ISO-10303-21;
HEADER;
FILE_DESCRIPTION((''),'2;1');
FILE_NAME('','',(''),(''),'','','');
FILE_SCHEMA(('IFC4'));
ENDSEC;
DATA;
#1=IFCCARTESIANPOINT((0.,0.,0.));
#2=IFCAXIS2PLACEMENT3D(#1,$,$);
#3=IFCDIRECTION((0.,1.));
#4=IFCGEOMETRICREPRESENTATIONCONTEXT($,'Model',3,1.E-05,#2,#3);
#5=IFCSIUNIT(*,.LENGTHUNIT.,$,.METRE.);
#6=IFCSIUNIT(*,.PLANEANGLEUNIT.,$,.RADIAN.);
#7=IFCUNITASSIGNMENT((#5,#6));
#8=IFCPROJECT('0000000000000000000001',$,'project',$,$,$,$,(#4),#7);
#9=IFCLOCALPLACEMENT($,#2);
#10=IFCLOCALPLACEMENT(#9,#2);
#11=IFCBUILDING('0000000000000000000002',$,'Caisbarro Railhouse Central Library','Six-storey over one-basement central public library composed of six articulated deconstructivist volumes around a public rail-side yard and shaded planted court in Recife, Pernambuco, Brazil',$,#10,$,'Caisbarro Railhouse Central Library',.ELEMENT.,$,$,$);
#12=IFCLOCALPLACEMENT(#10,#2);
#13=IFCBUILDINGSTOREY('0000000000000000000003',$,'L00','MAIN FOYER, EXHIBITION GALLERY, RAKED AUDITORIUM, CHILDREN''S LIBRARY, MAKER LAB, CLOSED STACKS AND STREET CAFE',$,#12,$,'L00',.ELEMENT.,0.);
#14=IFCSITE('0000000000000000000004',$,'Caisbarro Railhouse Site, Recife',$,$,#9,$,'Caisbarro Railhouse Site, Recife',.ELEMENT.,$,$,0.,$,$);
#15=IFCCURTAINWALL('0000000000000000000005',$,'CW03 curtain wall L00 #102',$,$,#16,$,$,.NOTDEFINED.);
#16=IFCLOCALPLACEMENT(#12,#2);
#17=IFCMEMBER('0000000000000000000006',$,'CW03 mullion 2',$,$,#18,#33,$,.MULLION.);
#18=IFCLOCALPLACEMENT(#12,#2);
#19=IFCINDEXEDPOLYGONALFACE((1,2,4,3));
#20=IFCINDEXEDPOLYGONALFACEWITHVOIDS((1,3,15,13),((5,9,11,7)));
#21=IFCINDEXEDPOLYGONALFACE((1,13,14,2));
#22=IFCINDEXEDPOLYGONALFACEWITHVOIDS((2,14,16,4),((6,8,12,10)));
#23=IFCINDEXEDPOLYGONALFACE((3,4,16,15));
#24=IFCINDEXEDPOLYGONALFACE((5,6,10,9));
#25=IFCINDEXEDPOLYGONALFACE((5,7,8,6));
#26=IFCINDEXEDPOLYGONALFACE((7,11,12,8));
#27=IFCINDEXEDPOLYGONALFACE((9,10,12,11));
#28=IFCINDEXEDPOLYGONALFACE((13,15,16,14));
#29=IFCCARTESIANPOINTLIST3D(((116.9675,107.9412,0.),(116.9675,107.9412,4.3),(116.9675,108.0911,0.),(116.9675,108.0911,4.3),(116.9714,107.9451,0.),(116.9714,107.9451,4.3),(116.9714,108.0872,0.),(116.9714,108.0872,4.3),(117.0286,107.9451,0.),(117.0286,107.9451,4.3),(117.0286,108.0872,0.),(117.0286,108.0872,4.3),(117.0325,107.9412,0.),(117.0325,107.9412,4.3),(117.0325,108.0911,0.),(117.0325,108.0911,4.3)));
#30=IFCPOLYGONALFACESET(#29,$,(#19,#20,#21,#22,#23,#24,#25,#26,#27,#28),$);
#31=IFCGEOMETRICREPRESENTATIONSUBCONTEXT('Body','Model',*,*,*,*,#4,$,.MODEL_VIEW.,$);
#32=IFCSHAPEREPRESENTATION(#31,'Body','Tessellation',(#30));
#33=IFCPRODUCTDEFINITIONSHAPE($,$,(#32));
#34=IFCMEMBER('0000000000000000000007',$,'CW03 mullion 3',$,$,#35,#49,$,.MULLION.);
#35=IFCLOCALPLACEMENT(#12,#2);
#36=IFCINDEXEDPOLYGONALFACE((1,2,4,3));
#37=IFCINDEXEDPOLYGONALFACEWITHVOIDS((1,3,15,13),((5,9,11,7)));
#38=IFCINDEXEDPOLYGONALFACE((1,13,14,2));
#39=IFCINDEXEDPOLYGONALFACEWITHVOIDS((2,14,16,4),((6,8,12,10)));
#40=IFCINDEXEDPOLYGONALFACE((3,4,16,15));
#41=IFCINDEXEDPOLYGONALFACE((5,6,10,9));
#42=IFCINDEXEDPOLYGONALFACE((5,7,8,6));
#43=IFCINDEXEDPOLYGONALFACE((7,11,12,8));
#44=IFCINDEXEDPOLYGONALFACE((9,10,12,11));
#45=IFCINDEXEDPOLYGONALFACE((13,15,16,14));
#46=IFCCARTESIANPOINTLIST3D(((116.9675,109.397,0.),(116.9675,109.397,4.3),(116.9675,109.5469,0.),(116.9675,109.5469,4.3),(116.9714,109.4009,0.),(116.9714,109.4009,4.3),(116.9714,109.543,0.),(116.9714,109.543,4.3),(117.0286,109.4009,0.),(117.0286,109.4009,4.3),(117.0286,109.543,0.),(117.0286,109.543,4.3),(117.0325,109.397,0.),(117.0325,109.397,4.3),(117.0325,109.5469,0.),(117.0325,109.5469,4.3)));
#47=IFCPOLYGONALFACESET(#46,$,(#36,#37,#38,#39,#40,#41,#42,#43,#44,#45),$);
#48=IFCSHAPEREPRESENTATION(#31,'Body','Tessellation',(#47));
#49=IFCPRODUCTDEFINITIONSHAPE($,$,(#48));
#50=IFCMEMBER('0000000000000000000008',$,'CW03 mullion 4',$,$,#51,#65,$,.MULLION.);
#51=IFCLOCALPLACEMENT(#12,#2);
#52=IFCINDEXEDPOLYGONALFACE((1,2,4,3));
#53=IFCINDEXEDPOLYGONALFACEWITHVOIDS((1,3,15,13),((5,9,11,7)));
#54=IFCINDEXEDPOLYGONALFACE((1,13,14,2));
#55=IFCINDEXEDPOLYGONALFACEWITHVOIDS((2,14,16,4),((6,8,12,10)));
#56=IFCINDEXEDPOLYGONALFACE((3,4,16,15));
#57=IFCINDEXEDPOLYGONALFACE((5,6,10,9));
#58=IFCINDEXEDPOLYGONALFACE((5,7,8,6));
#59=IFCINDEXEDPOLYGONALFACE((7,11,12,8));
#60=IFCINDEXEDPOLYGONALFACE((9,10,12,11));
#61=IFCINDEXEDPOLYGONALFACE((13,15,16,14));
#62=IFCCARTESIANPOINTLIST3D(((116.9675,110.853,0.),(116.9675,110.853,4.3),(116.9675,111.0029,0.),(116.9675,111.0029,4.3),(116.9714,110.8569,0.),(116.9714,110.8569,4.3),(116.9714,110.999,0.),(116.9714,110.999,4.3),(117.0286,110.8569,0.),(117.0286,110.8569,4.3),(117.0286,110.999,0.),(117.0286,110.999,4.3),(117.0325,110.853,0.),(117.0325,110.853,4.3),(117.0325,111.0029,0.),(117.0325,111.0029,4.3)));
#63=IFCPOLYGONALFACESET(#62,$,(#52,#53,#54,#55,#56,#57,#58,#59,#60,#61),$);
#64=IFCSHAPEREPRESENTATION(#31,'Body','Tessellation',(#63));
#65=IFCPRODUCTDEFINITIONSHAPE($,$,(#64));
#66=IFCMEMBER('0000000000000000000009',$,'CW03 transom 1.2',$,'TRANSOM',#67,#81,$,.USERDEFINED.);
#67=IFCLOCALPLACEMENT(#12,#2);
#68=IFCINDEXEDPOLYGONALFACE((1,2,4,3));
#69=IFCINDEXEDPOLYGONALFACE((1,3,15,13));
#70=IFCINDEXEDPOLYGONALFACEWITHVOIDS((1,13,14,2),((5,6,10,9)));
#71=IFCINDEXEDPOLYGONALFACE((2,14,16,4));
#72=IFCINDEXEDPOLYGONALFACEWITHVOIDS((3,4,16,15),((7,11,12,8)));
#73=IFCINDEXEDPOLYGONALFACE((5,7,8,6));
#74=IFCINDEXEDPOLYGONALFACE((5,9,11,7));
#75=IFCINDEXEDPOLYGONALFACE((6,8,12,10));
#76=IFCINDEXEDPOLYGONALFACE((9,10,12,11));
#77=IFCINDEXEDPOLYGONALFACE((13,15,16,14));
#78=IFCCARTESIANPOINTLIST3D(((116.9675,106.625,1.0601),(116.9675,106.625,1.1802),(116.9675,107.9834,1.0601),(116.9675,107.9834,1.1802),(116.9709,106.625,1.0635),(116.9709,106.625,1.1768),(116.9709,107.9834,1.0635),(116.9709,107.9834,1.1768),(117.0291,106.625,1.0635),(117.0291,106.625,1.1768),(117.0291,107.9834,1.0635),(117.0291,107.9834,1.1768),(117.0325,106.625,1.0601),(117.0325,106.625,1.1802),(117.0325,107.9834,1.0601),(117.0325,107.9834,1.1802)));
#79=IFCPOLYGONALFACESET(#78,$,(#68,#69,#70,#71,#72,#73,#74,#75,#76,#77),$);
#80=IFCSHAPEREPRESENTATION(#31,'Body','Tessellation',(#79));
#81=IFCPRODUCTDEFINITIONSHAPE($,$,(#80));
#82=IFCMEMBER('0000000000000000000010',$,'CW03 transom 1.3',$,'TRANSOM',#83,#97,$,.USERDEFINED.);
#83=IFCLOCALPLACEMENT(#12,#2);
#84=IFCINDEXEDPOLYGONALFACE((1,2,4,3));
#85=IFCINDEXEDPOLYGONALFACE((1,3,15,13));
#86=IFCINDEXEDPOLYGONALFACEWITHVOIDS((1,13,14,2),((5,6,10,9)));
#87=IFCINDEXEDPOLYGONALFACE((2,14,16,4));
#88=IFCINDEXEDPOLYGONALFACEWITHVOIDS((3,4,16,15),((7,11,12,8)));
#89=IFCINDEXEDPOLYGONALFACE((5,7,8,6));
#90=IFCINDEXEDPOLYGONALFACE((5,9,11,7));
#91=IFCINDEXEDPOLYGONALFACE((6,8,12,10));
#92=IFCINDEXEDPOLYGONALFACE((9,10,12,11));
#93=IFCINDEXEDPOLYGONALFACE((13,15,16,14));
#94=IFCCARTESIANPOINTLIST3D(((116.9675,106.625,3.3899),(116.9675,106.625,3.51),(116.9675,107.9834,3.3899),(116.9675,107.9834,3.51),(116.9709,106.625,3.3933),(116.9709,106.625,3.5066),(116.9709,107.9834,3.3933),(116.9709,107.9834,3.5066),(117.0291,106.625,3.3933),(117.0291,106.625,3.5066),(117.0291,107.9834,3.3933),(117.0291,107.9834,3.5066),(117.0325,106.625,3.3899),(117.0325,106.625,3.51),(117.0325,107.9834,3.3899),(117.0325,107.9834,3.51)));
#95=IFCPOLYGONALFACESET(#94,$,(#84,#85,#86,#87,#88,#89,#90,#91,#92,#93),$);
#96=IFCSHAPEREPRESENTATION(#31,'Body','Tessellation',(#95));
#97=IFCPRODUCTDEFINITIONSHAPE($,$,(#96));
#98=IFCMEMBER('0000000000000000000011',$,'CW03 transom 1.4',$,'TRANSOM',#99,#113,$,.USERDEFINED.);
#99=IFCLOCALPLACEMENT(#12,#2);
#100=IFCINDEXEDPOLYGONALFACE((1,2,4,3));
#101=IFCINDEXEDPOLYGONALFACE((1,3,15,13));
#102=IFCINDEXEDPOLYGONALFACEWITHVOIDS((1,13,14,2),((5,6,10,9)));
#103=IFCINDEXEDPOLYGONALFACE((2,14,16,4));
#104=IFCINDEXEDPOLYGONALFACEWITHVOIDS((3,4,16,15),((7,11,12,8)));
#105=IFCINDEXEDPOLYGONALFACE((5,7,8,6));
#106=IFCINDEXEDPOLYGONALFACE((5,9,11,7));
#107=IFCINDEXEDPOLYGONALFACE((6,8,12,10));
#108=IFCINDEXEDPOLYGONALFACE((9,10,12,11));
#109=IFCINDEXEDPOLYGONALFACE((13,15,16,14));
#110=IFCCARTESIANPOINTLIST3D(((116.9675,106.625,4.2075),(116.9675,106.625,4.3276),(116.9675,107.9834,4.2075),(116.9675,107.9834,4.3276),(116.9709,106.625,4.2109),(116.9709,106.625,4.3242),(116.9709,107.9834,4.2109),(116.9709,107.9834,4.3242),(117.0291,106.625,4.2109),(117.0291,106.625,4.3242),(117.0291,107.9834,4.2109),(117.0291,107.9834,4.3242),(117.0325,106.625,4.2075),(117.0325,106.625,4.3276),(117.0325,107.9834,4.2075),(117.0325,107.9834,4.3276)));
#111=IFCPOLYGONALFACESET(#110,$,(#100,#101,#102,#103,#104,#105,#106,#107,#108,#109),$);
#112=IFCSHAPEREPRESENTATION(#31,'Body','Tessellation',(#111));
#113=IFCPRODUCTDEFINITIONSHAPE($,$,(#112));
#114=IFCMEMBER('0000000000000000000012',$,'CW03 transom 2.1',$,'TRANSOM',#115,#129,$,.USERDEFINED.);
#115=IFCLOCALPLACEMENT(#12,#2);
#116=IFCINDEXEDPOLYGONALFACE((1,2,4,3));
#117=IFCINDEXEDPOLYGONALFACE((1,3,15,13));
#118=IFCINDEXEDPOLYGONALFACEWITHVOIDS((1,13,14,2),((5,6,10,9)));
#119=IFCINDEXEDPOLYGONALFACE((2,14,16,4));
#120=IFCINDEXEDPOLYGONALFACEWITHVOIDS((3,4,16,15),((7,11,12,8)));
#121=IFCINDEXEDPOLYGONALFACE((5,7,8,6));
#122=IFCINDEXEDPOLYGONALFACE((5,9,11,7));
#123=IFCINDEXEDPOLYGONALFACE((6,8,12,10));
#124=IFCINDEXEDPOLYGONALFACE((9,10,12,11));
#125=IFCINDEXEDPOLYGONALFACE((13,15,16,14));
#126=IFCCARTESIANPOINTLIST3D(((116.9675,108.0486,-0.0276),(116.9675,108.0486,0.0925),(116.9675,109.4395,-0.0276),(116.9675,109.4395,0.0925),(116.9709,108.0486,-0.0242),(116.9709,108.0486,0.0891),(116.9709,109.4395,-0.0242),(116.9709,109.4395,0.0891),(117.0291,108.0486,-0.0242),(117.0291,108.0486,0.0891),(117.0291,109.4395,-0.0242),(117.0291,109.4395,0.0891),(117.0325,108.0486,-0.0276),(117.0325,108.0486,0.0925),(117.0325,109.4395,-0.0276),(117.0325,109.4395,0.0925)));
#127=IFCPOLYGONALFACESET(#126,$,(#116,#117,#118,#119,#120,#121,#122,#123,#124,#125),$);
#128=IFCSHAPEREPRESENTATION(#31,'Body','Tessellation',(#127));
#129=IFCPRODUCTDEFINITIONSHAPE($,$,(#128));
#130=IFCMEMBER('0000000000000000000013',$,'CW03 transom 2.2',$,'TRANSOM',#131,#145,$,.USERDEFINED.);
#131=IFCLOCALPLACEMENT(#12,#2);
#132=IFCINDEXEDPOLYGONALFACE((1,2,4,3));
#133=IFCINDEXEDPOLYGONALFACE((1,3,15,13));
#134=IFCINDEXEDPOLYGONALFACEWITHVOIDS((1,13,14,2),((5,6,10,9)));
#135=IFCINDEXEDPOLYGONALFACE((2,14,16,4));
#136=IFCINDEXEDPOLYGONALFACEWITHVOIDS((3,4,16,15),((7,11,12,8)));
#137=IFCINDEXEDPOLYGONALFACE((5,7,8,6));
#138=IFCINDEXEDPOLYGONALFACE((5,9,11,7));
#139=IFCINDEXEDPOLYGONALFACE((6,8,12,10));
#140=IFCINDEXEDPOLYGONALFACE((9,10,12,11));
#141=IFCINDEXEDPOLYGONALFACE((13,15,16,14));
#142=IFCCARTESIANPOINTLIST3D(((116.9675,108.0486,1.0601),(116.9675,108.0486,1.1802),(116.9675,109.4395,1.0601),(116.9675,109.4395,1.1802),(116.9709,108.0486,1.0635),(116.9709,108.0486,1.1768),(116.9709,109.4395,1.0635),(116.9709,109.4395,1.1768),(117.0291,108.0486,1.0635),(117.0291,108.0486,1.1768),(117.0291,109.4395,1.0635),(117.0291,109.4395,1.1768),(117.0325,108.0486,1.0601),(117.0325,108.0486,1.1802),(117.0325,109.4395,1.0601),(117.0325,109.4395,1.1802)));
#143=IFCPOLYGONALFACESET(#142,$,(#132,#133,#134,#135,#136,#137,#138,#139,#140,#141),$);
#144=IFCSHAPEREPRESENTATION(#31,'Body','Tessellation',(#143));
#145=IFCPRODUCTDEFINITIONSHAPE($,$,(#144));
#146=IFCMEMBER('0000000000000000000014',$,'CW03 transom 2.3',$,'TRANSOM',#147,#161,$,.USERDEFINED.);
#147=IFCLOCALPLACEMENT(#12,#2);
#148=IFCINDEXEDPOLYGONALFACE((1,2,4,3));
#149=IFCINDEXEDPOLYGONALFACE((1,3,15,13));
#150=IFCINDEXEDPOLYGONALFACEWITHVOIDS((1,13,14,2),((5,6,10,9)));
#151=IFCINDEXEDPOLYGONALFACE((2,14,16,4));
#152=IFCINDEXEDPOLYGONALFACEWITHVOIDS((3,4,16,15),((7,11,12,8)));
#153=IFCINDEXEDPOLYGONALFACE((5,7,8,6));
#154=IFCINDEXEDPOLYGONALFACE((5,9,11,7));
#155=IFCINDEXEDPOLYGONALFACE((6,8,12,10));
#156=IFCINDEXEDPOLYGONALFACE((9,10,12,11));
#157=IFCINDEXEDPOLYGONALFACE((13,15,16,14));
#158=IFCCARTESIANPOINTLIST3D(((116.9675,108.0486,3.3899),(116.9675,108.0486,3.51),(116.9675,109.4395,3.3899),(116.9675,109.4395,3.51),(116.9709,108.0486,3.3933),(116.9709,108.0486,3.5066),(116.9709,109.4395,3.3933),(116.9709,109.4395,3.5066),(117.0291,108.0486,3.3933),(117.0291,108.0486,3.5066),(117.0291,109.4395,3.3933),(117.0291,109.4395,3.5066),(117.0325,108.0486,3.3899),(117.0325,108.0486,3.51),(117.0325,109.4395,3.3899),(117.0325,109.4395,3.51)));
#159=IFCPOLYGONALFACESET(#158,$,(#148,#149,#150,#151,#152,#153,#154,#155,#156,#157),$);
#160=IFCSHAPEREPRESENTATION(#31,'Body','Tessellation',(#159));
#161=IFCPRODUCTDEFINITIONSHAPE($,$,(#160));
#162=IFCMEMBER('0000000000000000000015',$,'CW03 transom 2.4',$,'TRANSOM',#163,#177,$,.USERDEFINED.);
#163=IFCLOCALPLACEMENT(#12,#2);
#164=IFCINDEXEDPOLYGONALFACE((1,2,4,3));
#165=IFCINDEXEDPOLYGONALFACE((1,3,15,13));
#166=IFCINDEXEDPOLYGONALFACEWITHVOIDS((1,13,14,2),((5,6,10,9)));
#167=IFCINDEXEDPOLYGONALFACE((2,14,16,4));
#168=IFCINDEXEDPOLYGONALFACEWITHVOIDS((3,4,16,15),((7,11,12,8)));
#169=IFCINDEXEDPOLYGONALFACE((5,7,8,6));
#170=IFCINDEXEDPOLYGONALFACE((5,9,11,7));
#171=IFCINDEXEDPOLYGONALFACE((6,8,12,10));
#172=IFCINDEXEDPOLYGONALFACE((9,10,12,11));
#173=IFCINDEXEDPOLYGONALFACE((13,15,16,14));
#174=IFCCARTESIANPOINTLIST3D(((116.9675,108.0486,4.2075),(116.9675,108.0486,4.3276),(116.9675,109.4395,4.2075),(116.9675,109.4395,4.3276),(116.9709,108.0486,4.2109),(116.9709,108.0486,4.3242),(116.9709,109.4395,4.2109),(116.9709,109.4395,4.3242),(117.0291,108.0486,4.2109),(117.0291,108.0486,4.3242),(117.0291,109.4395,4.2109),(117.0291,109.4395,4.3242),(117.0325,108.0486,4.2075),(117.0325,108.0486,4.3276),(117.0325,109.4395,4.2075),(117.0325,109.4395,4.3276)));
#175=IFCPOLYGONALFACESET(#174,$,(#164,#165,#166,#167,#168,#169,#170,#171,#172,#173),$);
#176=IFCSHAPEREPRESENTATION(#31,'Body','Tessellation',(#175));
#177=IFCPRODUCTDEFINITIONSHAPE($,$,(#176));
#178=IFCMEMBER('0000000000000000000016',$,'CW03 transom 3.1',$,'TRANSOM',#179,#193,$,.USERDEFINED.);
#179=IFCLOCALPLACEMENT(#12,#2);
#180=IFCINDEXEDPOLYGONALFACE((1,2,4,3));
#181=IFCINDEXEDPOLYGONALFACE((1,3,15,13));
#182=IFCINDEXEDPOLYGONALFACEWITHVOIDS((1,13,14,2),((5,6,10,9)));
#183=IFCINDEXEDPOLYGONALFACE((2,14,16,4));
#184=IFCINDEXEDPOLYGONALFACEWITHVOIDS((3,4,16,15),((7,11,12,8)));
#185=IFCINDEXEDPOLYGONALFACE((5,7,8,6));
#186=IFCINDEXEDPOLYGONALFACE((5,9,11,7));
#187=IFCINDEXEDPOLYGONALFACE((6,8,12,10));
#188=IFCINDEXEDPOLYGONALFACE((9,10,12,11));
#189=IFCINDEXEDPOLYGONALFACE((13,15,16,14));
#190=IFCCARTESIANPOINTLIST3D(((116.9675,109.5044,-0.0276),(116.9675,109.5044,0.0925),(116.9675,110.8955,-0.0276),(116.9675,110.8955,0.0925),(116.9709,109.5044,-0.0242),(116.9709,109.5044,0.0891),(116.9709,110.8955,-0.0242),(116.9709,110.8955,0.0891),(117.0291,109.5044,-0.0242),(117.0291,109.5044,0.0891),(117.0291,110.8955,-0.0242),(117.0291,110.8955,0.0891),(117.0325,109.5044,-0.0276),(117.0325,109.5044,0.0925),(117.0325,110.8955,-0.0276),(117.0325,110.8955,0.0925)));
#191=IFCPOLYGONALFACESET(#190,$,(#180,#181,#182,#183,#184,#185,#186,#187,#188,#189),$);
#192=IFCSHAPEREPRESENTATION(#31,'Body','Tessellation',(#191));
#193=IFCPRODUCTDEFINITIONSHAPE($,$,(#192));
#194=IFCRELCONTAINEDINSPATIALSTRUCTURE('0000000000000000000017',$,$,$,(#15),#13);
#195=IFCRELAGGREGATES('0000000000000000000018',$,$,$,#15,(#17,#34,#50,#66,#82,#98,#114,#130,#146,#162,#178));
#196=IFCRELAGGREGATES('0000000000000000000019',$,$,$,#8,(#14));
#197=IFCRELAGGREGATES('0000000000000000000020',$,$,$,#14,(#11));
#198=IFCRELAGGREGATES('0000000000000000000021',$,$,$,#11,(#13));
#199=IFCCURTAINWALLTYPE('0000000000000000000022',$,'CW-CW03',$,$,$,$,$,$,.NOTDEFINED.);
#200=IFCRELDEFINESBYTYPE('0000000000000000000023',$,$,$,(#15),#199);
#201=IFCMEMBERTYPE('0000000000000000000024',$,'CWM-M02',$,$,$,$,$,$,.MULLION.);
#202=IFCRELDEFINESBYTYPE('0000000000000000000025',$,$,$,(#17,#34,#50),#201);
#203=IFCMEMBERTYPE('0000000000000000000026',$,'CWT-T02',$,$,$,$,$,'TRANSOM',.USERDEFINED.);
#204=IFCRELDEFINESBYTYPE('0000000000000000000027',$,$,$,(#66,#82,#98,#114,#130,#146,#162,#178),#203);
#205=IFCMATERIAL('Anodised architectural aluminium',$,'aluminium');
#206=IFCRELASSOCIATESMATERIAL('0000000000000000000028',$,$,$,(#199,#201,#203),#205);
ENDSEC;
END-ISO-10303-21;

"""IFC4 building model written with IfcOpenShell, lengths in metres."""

from ifc_helpers import new_model, si_unit, direction, frame, origin, origin_2d, place, context, subcontext, project, spatial, hollow_rectangle, extrude, material, material_profile, profile_set, type_object, element, aggregate, save


model = new_model("IFC4")

# Units and contexts
model_context = context("Model", 3, precision=1e-05, world=origin(), true_north=direction((0.0, 1.0)))
body_context = subcontext(model_context, "Body", "Model", "MODEL_VIEW")
ifc_project = project(units=[si_unit("LENGTHUNIT", "METRE"), si_unit("PLANEANGLEUNIT", "RADIAN")], contexts=[model_context])

# Site, building, storey
site_placement = place(None, origin())
site = spatial("IfcSite", under=ifc_project, at=site_placement, Name="Caisbarro Railhouse Site, Recife", LongName="Caisbarro Railhouse Site, Recife", CompositionType="ELEMENT", RefElevation=0.0)
building_placement = place(site_placement, origin())
building = spatial("IfcBuilding", under=site, at=building_placement, Name="Caisbarro Railhouse Central Library", Description="Six-storey over one-basement central public library composed of six articulated deconstructivist volumes around a public rail-side yard and shaded planted court in Recife, Pernambuco, Brazil", LongName="Caisbarro Railhouse Central Library", CompositionType="ELEMENT")
storey_placement = place(building_placement, origin())
storey = spatial("IfcBuildingStorey", under=building, at=storey_placement, Name="L00", Description="MAIN FOYER, EXHIBITION GALLERY, RAKED AUDITORIUM, CHILDREN'S LIBRARY, MAKER LAB, CLOSED STACKS AND STREET CAFE", LongName="L00", CompositionType="ELEMENT", Elevation=0.0)

# Curtain wall, members
ifc_material_1 = material(Name="Anodised architectural aluminium", Category="aluminium")
curtain_wall_type = type_object("IfcCurtainWallType", Name="CW-CW03", PredefinedType="NOTDEFINED", material=ifc_material_1)
curtain_wall_placement = place(storey_placement, origin())
curtain_wall = element("IfcCurtainWall", 1, at=curtain_wall_placement, inside=storey, type_object=curtain_wall_type, Name="CW03 curtain wall L00 #102", PredefinedType="NOTDEFINED")
ifc_material_profile_1 = material_profile(ifc_material_1, hollow_rectangle(XDim=0.0649, YDim=0.1499, WallThickness=0.0039, at=origin_2d()), Name="ALU-MUL-65X150")
ifc_profile_set_1 = profile_set([ifc_material_profile_1], Name="Anodised architectural aluminium")
member_type_1 = type_object("IfcMemberType", Name="CWM-M02", PredefinedType="MULLION", material=ifc_profile_set_1)
member_1_placement = place(storey_placement, frame((117.0, 108.0161, 0.0), z_axis=(0.0, 0.0, 1.0), x_axis=(-1.0, 0.0, 0.0)))
member_1 = element("IfcMember", 2, at=member_1_placement, type_object=member_type_1, Name="CW03 mullion 2", PredefinedType="MULLION", context=body_context, shape_type="SweptSolid", body=[
    extrude(hollow_rectangle(XDim=0.0649, YDim=0.1499, WallThickness=0.0039, at=origin_2d()), origin(), (0.0, 0.0, 1.0), 4.3),
])
member_2_placement = place(storey_placement, frame((117.0, 109.4719, 0.0), z_axis=(0.0, 0.0, 1.0), x_axis=(-1.0, 0.0, 0.0)))
member_2 = element("IfcMember", 3, at=member_2_placement, type_object=member_type_1, Name="CW03 mullion 3", PredefinedType="MULLION", context=body_context, shape_type="SweptSolid", body=[
    extrude(hollow_rectangle(XDim=0.0649, YDim=0.1499, WallThickness=0.0039, at=origin_2d()), origin(), (0.0, 0.0, 1.0), 4.3),
])
member_3_placement = place(storey_placement, frame((117.0, 110.928, 0.0), z_axis=(0.0, 0.0, 1.0), x_axis=(-1.0, 0.0, 0.0)))
member_3 = element("IfcMember", 4, at=member_3_placement, type_object=member_type_1, Name="CW03 mullion 4", PredefinedType="MULLION", context=body_context, shape_type="SweptSolid", body=[
    extrude(hollow_rectangle(XDim=0.0649, YDim=0.1499, WallThickness=0.0039, at=origin_2d()), origin(), (0.0, 0.0, 1.0), 4.3),
])
ifc_material_profile_2 = material_profile(ifc_material_1, hollow_rectangle(XDim=0.0649, YDim=0.1201, WallThickness=0.0034, at=origin_2d()), Name="ALU-TRN-65X120")
ifc_profile_set_2 = profile_set([ifc_material_profile_2], Name="Anodised architectural aluminium")
member_type_2 = type_object("IfcMemberType", Name="CWT-T02", ElementType="TRANSOM", PredefinedType="USERDEFINED", material=ifc_profile_set_2)
member_4_placement = place(storey_placement, frame((117.0, 106.625, 1.1201), z_axis=(0.0, 1.0, 0.0), x_axis=(-1.0, 0.0, 0.0)))
member_4 = element("IfcMember", 5, at=member_4_placement, type_object=member_type_2, Name="CW03 transom 1.2", ObjectType="TRANSOM", PredefinedType="USERDEFINED", context=body_context, shape_type="SweptSolid", body=[
    extrude(hollow_rectangle(XDim=0.0649, YDim=0.1201, WallThickness=0.0034, at=origin_2d()), origin(), (0.0, 0.0, 1.0), 1.3584),
])
member_5_placement = place(storey_placement, frame((117.0, 106.625, 3.45), z_axis=(0.0, 1.0, 0.0), x_axis=(-1.0, 0.0, 0.0)))
member_5 = element("IfcMember", 6, at=member_5_placement, type_object=member_type_2, Name="CW03 transom 1.3", ObjectType="TRANSOM", PredefinedType="USERDEFINED", context=body_context, shape_type="SweptSolid", body=[
    extrude(hollow_rectangle(XDim=0.0649, YDim=0.1201, WallThickness=0.0034, at=origin_2d()), origin(), (0.0, 0.0, 1.0), 1.3584),
])
member_6_placement = place(storey_placement, frame((117.0, 106.625, 4.2676), z_axis=(0.0, 1.0, 0.0), x_axis=(-1.0, 0.0, 0.0)))
member_6 = element("IfcMember", 7, at=member_6_placement, type_object=member_type_2, Name="CW03 transom 1.4", ObjectType="TRANSOM", PredefinedType="USERDEFINED", context=body_context, shape_type="SweptSolid", body=[
    extrude(hollow_rectangle(XDim=0.0649, YDim=0.1201, WallThickness=0.0034, at=origin_2d()), origin(), (0.0, 0.0, 1.0), 1.3584),
])
member_7_placement = place(storey_placement, frame((117.0, 108.0486, 0.0325), z_axis=(0.0, 1.0, 0.0), x_axis=(-1.0, 0.0, 0.0)))
member_7 = element("IfcMember", 8, at=member_7_placement, type_object=member_type_2, Name="CW03 transom 2.1", ObjectType="TRANSOM", PredefinedType="USERDEFINED", context=body_context, shape_type="SweptSolid", body=[
    extrude(hollow_rectangle(XDim=0.0649, YDim=0.1201, WallThickness=0.0034, at=origin_2d()), origin(), (0.0, 0.0, 1.0), 1.3909),
])
member_8_placement = place(storey_placement, frame((117.0, 108.0486, 1.1201), z_axis=(0.0, 1.0, 0.0), x_axis=(-1.0, 0.0, 0.0)))
member_8 = element("IfcMember", 9, at=member_8_placement, type_object=member_type_2, Name="CW03 transom 2.2", ObjectType="TRANSOM", PredefinedType="USERDEFINED", context=body_context, shape_type="SweptSolid", body=[
    extrude(hollow_rectangle(XDim=0.0649, YDim=0.1201, WallThickness=0.0034, at=origin_2d()), origin(), (0.0, 0.0, 1.0), 1.3909),
])
member_9_placement = place(storey_placement, frame((117.0, 108.0486, 3.45), z_axis=(0.0, 1.0, 0.0), x_axis=(-1.0, 0.0, 0.0)))
member_9 = element("IfcMember", 10, at=member_9_placement, type_object=member_type_2, Name="CW03 transom 2.3", ObjectType="TRANSOM", PredefinedType="USERDEFINED", context=body_context, shape_type="SweptSolid", body=[
    extrude(hollow_rectangle(XDim=0.0649, YDim=0.1201, WallThickness=0.0034, at=origin_2d()), origin(), (0.0, 0.0, 1.0), 1.3909),
])
member_10_placement = place(storey_placement, frame((117.0, 108.0486, 4.2676), z_axis=(0.0, 1.0, 0.0), x_axis=(-1.0, 0.0, 0.0)))
member_10 = element("IfcMember", 11, at=member_10_placement, type_object=member_type_2, Name="CW03 transom 2.4", ObjectType="TRANSOM", PredefinedType="USERDEFINED", context=body_context, shape_type="SweptSolid", body=[
    extrude(hollow_rectangle(XDim=0.0649, YDim=0.1201, WallThickness=0.0034, at=origin_2d()), origin(), (0.0, 0.0, 1.0), 1.3909),
])
member_11_placement = place(storey_placement, frame((117.0, 109.5044, 0.0325), z_axis=(0.0, 1.0, 0.0), x_axis=(-1.0, 0.0, 0.0)))
member_11 = element("IfcMember", 12, at=member_11_placement, type_object=member_type_2, Name="CW03 transom 3.1", ObjectType="TRANSOM", PredefinedType="USERDEFINED", context=body_context, shape_type="SweptSolid", body=[
    extrude(hollow_rectangle(XDim=0.0649, YDim=0.1201, WallThickness=0.0034, at=origin_2d()), origin(), (0.0, 0.0, 1.0), 1.3911),
])
aggregate(curtain_wall, [member_1, member_2, member_3, member_4, member_5, member_6, member_7, member_8, member_9, member_10, member_11])

save(model, "model.ifc")
